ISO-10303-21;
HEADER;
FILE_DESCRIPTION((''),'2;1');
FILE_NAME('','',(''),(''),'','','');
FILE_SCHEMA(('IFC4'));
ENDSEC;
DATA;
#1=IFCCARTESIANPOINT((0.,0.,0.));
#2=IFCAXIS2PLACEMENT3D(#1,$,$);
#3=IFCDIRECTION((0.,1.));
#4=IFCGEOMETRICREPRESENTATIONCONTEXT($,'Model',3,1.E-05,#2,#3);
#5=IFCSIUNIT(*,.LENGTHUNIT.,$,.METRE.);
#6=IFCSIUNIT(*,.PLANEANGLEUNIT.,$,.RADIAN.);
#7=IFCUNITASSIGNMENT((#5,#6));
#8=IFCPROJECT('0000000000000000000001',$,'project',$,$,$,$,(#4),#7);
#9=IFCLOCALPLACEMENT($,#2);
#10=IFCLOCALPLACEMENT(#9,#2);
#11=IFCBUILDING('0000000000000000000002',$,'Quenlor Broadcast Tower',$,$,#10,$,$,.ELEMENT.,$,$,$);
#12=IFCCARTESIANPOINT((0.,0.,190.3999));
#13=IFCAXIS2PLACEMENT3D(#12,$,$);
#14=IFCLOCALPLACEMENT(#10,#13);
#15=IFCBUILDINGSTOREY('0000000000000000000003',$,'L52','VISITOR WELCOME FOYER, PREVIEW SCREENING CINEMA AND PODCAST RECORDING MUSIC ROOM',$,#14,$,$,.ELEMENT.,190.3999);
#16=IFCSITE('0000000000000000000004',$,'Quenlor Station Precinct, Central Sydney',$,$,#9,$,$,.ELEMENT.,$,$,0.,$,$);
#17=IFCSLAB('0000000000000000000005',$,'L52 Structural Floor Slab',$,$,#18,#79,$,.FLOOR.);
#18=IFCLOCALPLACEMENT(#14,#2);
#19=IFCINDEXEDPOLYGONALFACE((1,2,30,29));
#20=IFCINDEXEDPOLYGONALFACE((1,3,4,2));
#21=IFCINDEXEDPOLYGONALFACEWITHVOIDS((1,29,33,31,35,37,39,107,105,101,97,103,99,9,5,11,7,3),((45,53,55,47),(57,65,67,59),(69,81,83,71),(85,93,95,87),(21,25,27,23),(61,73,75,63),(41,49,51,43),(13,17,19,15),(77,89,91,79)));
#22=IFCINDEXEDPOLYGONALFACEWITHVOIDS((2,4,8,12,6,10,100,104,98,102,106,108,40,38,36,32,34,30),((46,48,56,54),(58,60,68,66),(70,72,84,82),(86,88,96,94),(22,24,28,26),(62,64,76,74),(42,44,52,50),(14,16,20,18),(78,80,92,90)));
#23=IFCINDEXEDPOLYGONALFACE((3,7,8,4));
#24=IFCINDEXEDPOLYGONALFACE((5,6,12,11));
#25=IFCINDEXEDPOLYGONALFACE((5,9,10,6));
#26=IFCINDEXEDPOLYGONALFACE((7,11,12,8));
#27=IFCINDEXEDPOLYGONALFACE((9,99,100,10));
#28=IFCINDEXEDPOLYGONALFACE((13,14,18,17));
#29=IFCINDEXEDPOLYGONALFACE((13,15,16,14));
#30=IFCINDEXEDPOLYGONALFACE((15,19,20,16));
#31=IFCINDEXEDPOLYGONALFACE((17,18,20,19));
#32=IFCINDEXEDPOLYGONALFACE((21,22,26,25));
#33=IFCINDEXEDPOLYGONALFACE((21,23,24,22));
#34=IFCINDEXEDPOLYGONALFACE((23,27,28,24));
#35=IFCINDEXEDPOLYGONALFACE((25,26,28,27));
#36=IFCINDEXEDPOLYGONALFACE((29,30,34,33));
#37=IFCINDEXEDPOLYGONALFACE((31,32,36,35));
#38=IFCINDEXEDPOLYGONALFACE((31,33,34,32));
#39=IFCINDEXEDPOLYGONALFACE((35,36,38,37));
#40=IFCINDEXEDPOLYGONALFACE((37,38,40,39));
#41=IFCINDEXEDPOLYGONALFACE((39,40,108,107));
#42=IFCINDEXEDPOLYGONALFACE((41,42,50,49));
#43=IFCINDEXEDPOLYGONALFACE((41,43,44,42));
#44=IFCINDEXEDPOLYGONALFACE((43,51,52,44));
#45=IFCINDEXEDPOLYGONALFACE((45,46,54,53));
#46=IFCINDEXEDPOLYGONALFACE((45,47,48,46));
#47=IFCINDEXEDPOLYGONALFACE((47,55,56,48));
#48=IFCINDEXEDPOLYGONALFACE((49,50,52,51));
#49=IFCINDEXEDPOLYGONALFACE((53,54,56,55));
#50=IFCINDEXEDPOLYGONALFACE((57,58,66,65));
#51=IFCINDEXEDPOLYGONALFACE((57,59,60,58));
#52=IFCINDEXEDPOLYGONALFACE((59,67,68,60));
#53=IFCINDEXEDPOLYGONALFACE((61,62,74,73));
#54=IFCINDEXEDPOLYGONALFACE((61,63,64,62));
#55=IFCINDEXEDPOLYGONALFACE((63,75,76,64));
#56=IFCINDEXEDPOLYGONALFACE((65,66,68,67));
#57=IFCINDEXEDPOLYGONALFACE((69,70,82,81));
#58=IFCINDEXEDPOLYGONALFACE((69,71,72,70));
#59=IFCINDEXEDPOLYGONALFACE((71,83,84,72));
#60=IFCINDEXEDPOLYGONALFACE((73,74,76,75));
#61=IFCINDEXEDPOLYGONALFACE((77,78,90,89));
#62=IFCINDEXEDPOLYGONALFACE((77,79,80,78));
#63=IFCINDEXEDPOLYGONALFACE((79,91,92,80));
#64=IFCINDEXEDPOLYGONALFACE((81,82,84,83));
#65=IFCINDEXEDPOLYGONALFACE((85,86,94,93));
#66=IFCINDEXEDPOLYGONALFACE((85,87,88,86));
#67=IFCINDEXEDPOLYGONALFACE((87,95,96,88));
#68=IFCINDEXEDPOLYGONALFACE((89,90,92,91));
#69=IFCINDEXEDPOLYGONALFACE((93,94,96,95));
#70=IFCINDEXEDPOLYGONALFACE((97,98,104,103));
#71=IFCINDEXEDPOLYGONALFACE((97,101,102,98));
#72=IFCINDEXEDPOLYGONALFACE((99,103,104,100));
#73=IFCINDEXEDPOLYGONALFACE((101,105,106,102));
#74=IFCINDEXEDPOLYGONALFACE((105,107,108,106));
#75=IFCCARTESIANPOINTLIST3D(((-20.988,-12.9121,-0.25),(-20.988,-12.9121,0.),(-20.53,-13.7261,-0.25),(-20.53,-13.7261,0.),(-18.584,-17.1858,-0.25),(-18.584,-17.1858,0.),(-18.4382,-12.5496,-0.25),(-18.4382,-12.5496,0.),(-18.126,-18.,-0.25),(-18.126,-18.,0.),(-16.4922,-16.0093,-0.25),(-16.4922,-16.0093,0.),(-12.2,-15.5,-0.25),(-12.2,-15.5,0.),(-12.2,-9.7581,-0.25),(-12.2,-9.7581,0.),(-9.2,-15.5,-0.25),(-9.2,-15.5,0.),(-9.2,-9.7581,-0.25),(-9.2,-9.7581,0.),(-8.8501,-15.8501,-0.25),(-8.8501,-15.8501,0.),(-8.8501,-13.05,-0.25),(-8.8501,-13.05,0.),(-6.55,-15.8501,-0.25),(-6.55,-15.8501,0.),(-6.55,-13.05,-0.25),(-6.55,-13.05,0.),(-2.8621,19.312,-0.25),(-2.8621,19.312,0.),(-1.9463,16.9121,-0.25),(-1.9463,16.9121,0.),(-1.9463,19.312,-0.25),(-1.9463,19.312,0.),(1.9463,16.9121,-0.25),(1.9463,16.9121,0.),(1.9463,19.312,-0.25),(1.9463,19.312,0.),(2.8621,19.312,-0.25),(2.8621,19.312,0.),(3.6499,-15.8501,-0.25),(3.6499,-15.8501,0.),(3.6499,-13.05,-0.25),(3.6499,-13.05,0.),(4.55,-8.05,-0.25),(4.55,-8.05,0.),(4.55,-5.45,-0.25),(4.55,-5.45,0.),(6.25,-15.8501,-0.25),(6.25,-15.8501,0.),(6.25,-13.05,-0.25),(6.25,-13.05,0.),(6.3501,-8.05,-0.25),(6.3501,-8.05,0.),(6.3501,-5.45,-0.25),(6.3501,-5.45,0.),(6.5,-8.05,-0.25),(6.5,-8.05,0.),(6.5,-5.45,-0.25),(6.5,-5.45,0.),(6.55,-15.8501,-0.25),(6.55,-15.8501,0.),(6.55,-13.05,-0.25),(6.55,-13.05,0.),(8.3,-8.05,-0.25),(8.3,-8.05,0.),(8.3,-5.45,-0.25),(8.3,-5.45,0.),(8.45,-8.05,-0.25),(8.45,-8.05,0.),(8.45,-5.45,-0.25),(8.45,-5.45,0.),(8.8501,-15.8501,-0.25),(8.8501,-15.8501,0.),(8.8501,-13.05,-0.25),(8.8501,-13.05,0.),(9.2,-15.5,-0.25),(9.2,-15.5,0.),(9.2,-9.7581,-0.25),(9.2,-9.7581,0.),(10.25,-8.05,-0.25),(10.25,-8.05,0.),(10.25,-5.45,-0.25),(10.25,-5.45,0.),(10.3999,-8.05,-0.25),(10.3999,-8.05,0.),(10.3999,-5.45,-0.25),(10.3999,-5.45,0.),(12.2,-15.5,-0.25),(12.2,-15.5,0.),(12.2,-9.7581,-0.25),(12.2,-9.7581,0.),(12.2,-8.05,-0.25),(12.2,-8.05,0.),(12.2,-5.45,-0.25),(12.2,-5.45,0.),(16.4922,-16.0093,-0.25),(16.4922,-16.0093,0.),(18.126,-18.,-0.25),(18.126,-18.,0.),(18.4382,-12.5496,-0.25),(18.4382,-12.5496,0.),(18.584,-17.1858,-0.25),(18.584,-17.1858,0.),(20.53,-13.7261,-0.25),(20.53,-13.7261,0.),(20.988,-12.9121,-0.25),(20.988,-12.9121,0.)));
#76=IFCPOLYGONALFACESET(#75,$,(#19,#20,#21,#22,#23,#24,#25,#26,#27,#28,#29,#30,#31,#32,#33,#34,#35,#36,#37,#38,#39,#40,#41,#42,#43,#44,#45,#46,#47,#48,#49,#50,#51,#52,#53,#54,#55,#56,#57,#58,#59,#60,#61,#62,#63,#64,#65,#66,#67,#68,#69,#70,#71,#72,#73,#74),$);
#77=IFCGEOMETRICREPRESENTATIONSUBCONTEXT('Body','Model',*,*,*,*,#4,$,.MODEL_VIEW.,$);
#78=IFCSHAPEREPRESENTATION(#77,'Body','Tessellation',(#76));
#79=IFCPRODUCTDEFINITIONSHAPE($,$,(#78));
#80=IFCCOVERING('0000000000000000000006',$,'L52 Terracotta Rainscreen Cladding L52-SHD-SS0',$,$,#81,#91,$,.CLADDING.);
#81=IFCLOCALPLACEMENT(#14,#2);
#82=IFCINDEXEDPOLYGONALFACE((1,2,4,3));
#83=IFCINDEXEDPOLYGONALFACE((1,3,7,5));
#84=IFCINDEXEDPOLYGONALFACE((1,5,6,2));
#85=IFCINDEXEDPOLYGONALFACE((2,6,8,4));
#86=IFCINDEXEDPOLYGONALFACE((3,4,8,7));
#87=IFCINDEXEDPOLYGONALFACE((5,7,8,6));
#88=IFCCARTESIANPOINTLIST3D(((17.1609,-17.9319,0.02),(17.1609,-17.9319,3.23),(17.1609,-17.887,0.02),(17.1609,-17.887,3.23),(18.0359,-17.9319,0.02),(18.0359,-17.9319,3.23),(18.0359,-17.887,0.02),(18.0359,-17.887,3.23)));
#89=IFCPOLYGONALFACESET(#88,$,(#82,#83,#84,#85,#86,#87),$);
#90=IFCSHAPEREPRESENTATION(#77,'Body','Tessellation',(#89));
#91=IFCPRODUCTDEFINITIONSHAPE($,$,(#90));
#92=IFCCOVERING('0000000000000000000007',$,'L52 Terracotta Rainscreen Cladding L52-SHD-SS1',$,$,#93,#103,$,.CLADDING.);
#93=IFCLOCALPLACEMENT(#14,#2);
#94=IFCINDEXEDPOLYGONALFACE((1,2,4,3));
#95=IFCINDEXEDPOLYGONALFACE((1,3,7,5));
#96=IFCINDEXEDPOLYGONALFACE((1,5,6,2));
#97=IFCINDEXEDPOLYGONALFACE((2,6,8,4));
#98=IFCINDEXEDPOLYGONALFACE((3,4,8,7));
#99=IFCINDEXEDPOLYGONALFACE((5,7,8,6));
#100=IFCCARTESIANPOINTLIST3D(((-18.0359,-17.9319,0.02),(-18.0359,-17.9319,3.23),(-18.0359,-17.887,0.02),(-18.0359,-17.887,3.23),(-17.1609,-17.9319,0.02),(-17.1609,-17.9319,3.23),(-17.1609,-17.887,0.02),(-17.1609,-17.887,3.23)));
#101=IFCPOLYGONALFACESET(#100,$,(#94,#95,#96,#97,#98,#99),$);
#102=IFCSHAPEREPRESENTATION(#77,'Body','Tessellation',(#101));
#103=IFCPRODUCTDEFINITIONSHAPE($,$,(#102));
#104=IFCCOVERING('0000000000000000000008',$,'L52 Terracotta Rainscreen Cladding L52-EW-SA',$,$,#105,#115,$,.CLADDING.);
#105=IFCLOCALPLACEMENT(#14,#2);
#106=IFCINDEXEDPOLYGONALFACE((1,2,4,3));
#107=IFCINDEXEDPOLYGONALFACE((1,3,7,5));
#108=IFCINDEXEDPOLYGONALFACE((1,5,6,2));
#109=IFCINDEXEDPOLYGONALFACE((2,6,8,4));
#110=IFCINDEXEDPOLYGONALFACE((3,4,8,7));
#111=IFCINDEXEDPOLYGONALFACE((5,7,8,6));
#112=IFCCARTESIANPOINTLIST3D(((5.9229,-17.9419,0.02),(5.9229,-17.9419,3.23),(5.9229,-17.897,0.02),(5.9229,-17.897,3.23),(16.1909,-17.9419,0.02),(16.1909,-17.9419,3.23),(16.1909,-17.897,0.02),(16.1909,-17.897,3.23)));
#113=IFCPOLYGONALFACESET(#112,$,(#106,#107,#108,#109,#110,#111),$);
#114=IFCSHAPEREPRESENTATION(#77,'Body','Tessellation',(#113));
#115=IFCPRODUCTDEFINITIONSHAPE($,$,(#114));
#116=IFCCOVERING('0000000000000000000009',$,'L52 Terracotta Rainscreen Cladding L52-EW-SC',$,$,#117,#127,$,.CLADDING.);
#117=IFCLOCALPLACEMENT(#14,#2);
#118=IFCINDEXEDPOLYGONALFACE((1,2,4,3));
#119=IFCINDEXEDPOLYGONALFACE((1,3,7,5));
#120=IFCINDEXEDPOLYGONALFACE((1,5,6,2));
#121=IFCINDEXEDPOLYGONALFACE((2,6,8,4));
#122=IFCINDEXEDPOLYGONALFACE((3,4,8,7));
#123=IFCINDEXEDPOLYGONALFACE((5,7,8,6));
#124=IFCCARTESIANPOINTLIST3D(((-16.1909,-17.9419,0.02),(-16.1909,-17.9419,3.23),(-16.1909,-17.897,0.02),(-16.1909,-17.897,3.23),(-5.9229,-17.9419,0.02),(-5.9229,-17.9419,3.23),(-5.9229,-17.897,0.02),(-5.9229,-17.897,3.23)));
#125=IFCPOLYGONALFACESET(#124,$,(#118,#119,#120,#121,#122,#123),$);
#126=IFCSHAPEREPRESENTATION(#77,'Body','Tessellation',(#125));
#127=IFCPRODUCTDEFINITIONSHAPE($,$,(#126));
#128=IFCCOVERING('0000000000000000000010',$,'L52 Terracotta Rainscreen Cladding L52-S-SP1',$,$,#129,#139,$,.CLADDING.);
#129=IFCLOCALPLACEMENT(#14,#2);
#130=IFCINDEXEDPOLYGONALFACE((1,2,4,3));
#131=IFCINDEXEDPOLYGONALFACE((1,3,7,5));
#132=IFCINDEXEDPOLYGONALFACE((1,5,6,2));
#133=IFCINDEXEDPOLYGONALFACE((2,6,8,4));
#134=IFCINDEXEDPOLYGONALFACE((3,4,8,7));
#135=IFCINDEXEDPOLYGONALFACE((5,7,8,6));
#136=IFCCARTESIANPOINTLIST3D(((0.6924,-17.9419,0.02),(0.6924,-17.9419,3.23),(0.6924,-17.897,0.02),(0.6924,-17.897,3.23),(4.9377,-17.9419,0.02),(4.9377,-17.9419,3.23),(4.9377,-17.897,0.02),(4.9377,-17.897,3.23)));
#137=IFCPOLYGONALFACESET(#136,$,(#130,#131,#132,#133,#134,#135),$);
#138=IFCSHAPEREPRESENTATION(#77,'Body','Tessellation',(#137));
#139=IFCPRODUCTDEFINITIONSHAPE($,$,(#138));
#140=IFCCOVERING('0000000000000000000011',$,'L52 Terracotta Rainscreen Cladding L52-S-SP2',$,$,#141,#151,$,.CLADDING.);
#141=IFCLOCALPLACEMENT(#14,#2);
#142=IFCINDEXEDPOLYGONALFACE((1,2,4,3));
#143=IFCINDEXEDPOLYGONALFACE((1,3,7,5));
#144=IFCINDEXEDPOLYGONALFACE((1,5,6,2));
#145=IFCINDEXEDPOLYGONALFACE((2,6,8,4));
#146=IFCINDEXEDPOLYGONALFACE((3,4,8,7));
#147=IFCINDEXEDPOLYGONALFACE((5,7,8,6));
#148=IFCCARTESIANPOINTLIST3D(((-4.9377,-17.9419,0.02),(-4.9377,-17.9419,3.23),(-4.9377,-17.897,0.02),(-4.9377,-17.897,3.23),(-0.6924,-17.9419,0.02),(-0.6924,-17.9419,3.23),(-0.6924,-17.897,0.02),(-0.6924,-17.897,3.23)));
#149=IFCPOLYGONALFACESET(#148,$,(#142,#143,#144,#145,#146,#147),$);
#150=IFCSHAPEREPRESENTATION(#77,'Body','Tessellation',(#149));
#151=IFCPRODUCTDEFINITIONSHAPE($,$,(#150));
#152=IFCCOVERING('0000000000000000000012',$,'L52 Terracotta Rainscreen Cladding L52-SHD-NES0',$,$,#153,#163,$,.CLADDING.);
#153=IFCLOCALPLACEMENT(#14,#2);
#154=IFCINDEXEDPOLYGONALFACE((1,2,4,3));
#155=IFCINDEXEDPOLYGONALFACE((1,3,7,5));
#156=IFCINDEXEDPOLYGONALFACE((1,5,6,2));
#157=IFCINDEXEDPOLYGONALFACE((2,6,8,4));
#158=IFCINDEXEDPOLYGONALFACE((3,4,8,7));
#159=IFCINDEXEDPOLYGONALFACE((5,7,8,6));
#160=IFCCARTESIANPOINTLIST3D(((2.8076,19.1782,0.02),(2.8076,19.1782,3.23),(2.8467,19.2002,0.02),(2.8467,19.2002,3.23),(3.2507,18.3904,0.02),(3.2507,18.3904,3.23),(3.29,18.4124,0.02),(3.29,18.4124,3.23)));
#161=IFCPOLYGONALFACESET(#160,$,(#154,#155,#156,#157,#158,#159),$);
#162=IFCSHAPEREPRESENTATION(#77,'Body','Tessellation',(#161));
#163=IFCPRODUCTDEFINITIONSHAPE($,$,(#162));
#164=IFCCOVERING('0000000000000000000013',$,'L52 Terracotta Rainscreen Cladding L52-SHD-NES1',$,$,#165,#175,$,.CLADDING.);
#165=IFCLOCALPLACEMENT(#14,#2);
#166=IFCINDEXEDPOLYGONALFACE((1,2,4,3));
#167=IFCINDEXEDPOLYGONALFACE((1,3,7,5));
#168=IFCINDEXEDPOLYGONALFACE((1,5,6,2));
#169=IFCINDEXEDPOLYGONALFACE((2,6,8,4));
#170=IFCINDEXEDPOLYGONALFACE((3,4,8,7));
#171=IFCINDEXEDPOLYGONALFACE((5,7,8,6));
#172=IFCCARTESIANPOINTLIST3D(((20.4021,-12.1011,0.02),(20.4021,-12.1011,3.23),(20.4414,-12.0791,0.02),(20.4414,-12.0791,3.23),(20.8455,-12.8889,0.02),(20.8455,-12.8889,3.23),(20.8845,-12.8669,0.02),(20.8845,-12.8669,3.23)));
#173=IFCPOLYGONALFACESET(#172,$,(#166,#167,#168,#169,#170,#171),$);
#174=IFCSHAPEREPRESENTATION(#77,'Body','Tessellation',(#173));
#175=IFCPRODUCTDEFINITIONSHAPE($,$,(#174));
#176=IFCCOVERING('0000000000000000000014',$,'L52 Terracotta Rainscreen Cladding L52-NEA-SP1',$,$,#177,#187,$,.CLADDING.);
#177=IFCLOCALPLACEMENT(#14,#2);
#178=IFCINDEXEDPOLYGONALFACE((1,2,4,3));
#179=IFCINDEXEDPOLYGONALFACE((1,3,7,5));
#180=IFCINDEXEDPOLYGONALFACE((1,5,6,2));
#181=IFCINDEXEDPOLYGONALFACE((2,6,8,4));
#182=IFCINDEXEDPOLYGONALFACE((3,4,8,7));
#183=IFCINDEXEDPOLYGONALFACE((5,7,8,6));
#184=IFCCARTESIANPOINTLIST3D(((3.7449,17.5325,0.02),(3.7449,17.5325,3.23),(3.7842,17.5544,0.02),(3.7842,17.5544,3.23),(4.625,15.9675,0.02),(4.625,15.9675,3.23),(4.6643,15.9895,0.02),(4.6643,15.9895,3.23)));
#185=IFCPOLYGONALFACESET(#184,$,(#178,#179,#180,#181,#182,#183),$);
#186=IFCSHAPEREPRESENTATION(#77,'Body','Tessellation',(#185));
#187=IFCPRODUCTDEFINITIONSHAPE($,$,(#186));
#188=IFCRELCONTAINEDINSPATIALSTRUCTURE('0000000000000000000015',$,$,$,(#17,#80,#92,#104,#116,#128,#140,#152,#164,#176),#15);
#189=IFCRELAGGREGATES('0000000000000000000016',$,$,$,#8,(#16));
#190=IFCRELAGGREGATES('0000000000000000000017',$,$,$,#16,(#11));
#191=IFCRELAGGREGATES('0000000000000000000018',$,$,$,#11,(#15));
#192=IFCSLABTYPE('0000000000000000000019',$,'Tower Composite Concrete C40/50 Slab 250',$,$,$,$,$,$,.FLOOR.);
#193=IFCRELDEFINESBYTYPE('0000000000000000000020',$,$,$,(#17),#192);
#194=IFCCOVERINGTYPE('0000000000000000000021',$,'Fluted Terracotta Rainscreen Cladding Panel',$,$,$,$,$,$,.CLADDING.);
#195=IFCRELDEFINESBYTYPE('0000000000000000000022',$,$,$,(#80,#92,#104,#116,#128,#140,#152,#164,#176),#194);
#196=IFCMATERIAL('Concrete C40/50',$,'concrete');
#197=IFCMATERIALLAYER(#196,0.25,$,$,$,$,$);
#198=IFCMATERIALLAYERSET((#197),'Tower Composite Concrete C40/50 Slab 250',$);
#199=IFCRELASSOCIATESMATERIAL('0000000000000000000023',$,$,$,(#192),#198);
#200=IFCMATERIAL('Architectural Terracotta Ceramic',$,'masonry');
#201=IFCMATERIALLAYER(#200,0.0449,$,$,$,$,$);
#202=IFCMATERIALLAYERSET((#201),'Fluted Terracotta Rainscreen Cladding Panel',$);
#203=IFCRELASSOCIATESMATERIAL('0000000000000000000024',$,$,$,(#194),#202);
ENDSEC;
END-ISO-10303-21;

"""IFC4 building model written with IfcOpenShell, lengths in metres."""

from ifc_helpers import new_model, si_unit, direction, frame, origin, place, context, subcontext, project, spatial, polyline, outline, extrude, material, layer, layer_set, type_object, element, save


model = new_model("IFC4")

# Units and contexts
model_context = context("Model", 3, precision=1e-05, world=origin(), true_north=direction((0.0, 1.0)))
body_context = subcontext(model_context, "Body", "Model", "MODEL_VIEW")
ifc_project = project(units=[si_unit("LENGTHUNIT", "METRE"), si_unit("PLANEANGLEUNIT", "RADIAN")], contexts=[model_context])

# Site, building, storey
site_placement = place(None, origin())
site = spatial("IfcSite", under=ifc_project, at=site_placement, Name="Quenlor Station Precinct, Central Sydney", CompositionType="ELEMENT", RefElevation=0.0)
building_placement = place(site_placement, origin())
building = spatial("IfcBuilding", under=site, at=building_placement, Name="Quenlor Broadcast Tower", CompositionType="ELEMENT")
storey_placement = place(building_placement, frame((0.0, 0.0, 190.3999)))
storey = spatial("IfcBuildingStorey", under=building, at=storey_placement, Name="L52", Description="VISITOR WELCOME FOYER, PREVIEW SCREENING CINEMA AND PODCAST RECORDING MUSIC ROOM", CompositionType="ELEMENT", Elevation=190.3999)

# Slab
ifc_material_1 = material(Name="Concrete C40/50", Category="concrete")
ifc_layer_1 = layer(ifc_material_1, 0.25)
ifc_layer_set_1 = layer_set([ifc_layer_1], Name="Tower Composite Concrete C40/50 Slab 250")
slab_type = type_object("IfcSlabType", Name="Tower Composite Concrete C40/50 Slab 250", PredefinedType="FLOOR", material=ifc_layer_set_1)
slab_placement = place(storey_placement, frame((0.0, 0.0, -0.25)))
element("IfcSlab", 1, at=slab_placement, inside=storey, type_object=slab_type, Name="L52 Structural Floor Slab", PredefinedType="FLOOR", context=body_context, shape_type="SweptSolid", body=[
    extrude(outline(polyline([(18.126, -18.0), (18.584, -17.1858), (16.4922, -16.0093), (18.4382, -12.5496), (20.53, -13.7261), (20.988, -12.9121), (2.8621, 19.312), (1.9463, 19.312), (1.9463, 16.9121), (-1.9463, 16.9121), (-1.9463, 19.312), (-2.8621, 19.312), (-20.988, -12.9121), (-20.53, -13.7261), (-18.4382, -12.5496), (-16.4922, -16.0093), (-18.584, -17.1858), (-18.126, -18.0), (18.126, -18.0)]), holes=[polyline([(-12.2, -9.7581), (-12.2, -15.5), (-9.2, -15.5), (-9.2, -9.7581), (-12.2, -9.7581)]), polyline([(9.2, -9.7581), (9.2, -15.5), (12.2, -15.5), (12.2, -9.7581), (9.2, -9.7581)]), polyline([(4.55, -8.05), (6.3501, -8.05), (6.3501, -5.45), (4.55, -5.45), (4.55, -8.05)]), polyline([(6.5, -8.05), (8.3, -8.05), (8.3, -5.45), (6.5, -5.45), (6.5, -8.05)]), polyline([(8.45, -8.05), (10.25, -8.05), (10.25, -5.45), (8.45, -5.45), (8.45, -8.05)]), polyline([(10.3999, -8.05), (12.2, -8.05), (12.2, -5.45), (10.3999, -5.45), (10.3999, -8.05)]), polyline([(-8.8501, -15.8501), (-6.55, -15.8501), (-6.55, -13.05), (-8.8501, -13.05), (-8.8501, -15.8501)]), polyline([(6.55, -15.8501), (8.8501, -15.8501), (8.8501, -13.05), (6.55, -13.05), (6.55, -15.8501)]), polyline([(3.6499, -15.8501), (6.25, -15.8501), (6.25, -13.05), (3.6499, -13.05), (3.6499, -15.8501)])]), origin(), (0.0, 0.0, 1.0), 0.25),
])

# Coverings
ifc_material_2 = material(Name="Architectural Terracotta Ceramic", Category="masonry")
ifc_layer_2 = layer(ifc_material_2, 0.0449)
ifc_layer_set_2 = layer_set([ifc_layer_2], Name="Fluted Terracotta Rainscreen Cladding Panel")
covering_type = type_object("IfcCoveringType", Name="Fluted Terracotta Rainscreen Cladding Panel", PredefinedType="CLADDING", material=ifc_layer_set_2)
covering_1_placement = place(storey_placement, frame((0.0, 0.0, 0.02)))
element("IfcCovering", 2, at=covering_1_placement, inside=storey, type_object=covering_type, Name="L52 Terracotta Rainscreen Cladding L52-SHD-SS0", PredefinedType="CLADDING", context=body_context, shape_type="SweptSolid", body=[
    extrude(outline(polyline([(18.0359, -17.887), (17.1609, -17.887), (17.1609, -17.9319), (18.0359, -17.9319), (18.0359, -17.887)])), origin(), (0.0, 0.0, 1.0), 3.21),
])
covering_2_placement = place(storey_placement, frame((0.0, 0.0, 0.02)))
element("IfcCovering", 3, at=covering_2_placement, inside=storey, type_object=covering_type, Name="L52 Terracotta Rainscreen Cladding L52-SHD-SS1", PredefinedType="CLADDING", context=body_context, shape_type="SweptSolid", body=[
    extrude(outline(polyline([(-17.1609, -17.887), (-18.0359, -17.887), (-18.0359, -17.9319), (-17.1609, -17.9319), (-17.1609, -17.887)])), origin(), (0.0, 0.0, 1.0), 3.21),
])
covering_3_placement = place(storey_placement, frame((0.0, 0.0, 0.02)))
element("IfcCovering", 4, at=covering_3_placement, inside=storey, type_object=covering_type, Name="L52 Terracotta Rainscreen Cladding L52-EW-SA", PredefinedType="CLADDING", context=body_context, shape_type="SweptSolid", body=[
    extrude(outline(polyline([(16.1909, -17.897), (5.9229, -17.897), (5.9229, -17.9419), (16.1909, -17.9419), (16.1909, -17.897)])), origin(), (0.0, 0.0, 1.0), 3.21),
])
covering_4_placement = place(storey_placement, frame((0.0, 0.0, 0.02)))
element("IfcCovering", 5, at=covering_4_placement, inside=storey, type_object=covering_type, Name="L52 Terracotta Rainscreen Cladding L52-EW-SC", PredefinedType="CLADDING", context=body_context, shape_type="SweptSolid", body=[
    extrude(outline(polyline([(-5.9229, -17.897), (-16.1909, -17.897), (-16.1909, -17.9419), (-5.9229, -17.9419), (-5.9229, -17.897)])), origin(), (0.0, 0.0, 1.0), 3.21),
])
covering_5_placement = place(storey_placement, frame((0.0, 0.0, 0.02)))
element("IfcCovering", 6, at=covering_5_placement, inside=storey, type_object=covering_type, Name="L52 Terracotta Rainscreen Cladding L52-S-SP1", PredefinedType="CLADDING", context=body_context, shape_type="SweptSolid", body=[
    extrude(outline(polyline([(4.9377, -17.897), (0.6924, -17.897), (0.6924, -17.9419), (4.9377, -17.9419), (4.9377, -17.897)])), origin(), (0.0, 0.0, 1.0), 3.21),
])
covering_6_placement = place(storey_placement, frame((0.0, 0.0, 0.02)))
element("IfcCovering", 7, at=covering_6_placement, inside=storey, type_object=covering_type, Name="L52 Terracotta Rainscreen Cladding L52-S-SP2", PredefinedType="CLADDING", context=body_context, shape_type="SweptSolid", body=[
    extrude(outline(polyline([(-0.6924, -17.897), (-4.9377, -17.897), (-4.9377, -17.9419), (-0.6924, -17.9419), (-0.6924, -17.897)])), origin(), (0.0, 0.0, 1.0), 3.21),
])
covering_7_placement = place(storey_placement, frame((0.0, 0.0, 0.02)))
element("IfcCovering", 8, at=covering_7_placement, inside=storey, type_object=covering_type, Name="L52 Terracotta Rainscreen Cladding L52-SHD-NES0", PredefinedType="CLADDING", context=body_context, shape_type="SweptSolid", body=[
    extrude(outline(polyline([(2.8076, 19.1782), (3.2507, 18.3904), (3.29, 18.4124), (2.8467, 19.2002), (2.8076, 19.1782)])), origin(), (0.0, 0.0, 1.0), 3.21),
])
covering_8_placement = place(storey_placement, frame((0.0, 0.0, 0.02)))
element("IfcCovering", 9, at=covering_8_placement, inside=storey, type_object=covering_type, Name="L52 Terracotta Rainscreen Cladding L52-SHD-NES1", PredefinedType="CLADDING", context=body_context, shape_type="SweptSolid", body=[
    extrude(outline(polyline([(20.4021, -12.1011), (20.8455, -12.8889), (20.8845, -12.8669), (20.4414, -12.0791), (20.4021, -12.1011)])), origin(), (0.0, 0.0, 1.0), 3.21),
])
covering_9_placement = place(storey_placement, frame((0.0, 0.0, 0.02)))
element("IfcCovering", 10, at=covering_9_placement, inside=storey, type_object=covering_type, Name="L52 Terracotta Rainscreen Cladding L52-NEA-SP1", PredefinedType="CLADDING", context=body_context, shape_type="SweptSolid", body=[
    extrude(outline(polyline([(3.7449, 17.5325), (4.625, 15.9675), (4.6643, 15.9895), (3.7842, 17.5544), (3.7449, 17.5325)])), origin(), (0.0, 0.0, 1.0), 3.21),
])

save(model, "model.ifc")
